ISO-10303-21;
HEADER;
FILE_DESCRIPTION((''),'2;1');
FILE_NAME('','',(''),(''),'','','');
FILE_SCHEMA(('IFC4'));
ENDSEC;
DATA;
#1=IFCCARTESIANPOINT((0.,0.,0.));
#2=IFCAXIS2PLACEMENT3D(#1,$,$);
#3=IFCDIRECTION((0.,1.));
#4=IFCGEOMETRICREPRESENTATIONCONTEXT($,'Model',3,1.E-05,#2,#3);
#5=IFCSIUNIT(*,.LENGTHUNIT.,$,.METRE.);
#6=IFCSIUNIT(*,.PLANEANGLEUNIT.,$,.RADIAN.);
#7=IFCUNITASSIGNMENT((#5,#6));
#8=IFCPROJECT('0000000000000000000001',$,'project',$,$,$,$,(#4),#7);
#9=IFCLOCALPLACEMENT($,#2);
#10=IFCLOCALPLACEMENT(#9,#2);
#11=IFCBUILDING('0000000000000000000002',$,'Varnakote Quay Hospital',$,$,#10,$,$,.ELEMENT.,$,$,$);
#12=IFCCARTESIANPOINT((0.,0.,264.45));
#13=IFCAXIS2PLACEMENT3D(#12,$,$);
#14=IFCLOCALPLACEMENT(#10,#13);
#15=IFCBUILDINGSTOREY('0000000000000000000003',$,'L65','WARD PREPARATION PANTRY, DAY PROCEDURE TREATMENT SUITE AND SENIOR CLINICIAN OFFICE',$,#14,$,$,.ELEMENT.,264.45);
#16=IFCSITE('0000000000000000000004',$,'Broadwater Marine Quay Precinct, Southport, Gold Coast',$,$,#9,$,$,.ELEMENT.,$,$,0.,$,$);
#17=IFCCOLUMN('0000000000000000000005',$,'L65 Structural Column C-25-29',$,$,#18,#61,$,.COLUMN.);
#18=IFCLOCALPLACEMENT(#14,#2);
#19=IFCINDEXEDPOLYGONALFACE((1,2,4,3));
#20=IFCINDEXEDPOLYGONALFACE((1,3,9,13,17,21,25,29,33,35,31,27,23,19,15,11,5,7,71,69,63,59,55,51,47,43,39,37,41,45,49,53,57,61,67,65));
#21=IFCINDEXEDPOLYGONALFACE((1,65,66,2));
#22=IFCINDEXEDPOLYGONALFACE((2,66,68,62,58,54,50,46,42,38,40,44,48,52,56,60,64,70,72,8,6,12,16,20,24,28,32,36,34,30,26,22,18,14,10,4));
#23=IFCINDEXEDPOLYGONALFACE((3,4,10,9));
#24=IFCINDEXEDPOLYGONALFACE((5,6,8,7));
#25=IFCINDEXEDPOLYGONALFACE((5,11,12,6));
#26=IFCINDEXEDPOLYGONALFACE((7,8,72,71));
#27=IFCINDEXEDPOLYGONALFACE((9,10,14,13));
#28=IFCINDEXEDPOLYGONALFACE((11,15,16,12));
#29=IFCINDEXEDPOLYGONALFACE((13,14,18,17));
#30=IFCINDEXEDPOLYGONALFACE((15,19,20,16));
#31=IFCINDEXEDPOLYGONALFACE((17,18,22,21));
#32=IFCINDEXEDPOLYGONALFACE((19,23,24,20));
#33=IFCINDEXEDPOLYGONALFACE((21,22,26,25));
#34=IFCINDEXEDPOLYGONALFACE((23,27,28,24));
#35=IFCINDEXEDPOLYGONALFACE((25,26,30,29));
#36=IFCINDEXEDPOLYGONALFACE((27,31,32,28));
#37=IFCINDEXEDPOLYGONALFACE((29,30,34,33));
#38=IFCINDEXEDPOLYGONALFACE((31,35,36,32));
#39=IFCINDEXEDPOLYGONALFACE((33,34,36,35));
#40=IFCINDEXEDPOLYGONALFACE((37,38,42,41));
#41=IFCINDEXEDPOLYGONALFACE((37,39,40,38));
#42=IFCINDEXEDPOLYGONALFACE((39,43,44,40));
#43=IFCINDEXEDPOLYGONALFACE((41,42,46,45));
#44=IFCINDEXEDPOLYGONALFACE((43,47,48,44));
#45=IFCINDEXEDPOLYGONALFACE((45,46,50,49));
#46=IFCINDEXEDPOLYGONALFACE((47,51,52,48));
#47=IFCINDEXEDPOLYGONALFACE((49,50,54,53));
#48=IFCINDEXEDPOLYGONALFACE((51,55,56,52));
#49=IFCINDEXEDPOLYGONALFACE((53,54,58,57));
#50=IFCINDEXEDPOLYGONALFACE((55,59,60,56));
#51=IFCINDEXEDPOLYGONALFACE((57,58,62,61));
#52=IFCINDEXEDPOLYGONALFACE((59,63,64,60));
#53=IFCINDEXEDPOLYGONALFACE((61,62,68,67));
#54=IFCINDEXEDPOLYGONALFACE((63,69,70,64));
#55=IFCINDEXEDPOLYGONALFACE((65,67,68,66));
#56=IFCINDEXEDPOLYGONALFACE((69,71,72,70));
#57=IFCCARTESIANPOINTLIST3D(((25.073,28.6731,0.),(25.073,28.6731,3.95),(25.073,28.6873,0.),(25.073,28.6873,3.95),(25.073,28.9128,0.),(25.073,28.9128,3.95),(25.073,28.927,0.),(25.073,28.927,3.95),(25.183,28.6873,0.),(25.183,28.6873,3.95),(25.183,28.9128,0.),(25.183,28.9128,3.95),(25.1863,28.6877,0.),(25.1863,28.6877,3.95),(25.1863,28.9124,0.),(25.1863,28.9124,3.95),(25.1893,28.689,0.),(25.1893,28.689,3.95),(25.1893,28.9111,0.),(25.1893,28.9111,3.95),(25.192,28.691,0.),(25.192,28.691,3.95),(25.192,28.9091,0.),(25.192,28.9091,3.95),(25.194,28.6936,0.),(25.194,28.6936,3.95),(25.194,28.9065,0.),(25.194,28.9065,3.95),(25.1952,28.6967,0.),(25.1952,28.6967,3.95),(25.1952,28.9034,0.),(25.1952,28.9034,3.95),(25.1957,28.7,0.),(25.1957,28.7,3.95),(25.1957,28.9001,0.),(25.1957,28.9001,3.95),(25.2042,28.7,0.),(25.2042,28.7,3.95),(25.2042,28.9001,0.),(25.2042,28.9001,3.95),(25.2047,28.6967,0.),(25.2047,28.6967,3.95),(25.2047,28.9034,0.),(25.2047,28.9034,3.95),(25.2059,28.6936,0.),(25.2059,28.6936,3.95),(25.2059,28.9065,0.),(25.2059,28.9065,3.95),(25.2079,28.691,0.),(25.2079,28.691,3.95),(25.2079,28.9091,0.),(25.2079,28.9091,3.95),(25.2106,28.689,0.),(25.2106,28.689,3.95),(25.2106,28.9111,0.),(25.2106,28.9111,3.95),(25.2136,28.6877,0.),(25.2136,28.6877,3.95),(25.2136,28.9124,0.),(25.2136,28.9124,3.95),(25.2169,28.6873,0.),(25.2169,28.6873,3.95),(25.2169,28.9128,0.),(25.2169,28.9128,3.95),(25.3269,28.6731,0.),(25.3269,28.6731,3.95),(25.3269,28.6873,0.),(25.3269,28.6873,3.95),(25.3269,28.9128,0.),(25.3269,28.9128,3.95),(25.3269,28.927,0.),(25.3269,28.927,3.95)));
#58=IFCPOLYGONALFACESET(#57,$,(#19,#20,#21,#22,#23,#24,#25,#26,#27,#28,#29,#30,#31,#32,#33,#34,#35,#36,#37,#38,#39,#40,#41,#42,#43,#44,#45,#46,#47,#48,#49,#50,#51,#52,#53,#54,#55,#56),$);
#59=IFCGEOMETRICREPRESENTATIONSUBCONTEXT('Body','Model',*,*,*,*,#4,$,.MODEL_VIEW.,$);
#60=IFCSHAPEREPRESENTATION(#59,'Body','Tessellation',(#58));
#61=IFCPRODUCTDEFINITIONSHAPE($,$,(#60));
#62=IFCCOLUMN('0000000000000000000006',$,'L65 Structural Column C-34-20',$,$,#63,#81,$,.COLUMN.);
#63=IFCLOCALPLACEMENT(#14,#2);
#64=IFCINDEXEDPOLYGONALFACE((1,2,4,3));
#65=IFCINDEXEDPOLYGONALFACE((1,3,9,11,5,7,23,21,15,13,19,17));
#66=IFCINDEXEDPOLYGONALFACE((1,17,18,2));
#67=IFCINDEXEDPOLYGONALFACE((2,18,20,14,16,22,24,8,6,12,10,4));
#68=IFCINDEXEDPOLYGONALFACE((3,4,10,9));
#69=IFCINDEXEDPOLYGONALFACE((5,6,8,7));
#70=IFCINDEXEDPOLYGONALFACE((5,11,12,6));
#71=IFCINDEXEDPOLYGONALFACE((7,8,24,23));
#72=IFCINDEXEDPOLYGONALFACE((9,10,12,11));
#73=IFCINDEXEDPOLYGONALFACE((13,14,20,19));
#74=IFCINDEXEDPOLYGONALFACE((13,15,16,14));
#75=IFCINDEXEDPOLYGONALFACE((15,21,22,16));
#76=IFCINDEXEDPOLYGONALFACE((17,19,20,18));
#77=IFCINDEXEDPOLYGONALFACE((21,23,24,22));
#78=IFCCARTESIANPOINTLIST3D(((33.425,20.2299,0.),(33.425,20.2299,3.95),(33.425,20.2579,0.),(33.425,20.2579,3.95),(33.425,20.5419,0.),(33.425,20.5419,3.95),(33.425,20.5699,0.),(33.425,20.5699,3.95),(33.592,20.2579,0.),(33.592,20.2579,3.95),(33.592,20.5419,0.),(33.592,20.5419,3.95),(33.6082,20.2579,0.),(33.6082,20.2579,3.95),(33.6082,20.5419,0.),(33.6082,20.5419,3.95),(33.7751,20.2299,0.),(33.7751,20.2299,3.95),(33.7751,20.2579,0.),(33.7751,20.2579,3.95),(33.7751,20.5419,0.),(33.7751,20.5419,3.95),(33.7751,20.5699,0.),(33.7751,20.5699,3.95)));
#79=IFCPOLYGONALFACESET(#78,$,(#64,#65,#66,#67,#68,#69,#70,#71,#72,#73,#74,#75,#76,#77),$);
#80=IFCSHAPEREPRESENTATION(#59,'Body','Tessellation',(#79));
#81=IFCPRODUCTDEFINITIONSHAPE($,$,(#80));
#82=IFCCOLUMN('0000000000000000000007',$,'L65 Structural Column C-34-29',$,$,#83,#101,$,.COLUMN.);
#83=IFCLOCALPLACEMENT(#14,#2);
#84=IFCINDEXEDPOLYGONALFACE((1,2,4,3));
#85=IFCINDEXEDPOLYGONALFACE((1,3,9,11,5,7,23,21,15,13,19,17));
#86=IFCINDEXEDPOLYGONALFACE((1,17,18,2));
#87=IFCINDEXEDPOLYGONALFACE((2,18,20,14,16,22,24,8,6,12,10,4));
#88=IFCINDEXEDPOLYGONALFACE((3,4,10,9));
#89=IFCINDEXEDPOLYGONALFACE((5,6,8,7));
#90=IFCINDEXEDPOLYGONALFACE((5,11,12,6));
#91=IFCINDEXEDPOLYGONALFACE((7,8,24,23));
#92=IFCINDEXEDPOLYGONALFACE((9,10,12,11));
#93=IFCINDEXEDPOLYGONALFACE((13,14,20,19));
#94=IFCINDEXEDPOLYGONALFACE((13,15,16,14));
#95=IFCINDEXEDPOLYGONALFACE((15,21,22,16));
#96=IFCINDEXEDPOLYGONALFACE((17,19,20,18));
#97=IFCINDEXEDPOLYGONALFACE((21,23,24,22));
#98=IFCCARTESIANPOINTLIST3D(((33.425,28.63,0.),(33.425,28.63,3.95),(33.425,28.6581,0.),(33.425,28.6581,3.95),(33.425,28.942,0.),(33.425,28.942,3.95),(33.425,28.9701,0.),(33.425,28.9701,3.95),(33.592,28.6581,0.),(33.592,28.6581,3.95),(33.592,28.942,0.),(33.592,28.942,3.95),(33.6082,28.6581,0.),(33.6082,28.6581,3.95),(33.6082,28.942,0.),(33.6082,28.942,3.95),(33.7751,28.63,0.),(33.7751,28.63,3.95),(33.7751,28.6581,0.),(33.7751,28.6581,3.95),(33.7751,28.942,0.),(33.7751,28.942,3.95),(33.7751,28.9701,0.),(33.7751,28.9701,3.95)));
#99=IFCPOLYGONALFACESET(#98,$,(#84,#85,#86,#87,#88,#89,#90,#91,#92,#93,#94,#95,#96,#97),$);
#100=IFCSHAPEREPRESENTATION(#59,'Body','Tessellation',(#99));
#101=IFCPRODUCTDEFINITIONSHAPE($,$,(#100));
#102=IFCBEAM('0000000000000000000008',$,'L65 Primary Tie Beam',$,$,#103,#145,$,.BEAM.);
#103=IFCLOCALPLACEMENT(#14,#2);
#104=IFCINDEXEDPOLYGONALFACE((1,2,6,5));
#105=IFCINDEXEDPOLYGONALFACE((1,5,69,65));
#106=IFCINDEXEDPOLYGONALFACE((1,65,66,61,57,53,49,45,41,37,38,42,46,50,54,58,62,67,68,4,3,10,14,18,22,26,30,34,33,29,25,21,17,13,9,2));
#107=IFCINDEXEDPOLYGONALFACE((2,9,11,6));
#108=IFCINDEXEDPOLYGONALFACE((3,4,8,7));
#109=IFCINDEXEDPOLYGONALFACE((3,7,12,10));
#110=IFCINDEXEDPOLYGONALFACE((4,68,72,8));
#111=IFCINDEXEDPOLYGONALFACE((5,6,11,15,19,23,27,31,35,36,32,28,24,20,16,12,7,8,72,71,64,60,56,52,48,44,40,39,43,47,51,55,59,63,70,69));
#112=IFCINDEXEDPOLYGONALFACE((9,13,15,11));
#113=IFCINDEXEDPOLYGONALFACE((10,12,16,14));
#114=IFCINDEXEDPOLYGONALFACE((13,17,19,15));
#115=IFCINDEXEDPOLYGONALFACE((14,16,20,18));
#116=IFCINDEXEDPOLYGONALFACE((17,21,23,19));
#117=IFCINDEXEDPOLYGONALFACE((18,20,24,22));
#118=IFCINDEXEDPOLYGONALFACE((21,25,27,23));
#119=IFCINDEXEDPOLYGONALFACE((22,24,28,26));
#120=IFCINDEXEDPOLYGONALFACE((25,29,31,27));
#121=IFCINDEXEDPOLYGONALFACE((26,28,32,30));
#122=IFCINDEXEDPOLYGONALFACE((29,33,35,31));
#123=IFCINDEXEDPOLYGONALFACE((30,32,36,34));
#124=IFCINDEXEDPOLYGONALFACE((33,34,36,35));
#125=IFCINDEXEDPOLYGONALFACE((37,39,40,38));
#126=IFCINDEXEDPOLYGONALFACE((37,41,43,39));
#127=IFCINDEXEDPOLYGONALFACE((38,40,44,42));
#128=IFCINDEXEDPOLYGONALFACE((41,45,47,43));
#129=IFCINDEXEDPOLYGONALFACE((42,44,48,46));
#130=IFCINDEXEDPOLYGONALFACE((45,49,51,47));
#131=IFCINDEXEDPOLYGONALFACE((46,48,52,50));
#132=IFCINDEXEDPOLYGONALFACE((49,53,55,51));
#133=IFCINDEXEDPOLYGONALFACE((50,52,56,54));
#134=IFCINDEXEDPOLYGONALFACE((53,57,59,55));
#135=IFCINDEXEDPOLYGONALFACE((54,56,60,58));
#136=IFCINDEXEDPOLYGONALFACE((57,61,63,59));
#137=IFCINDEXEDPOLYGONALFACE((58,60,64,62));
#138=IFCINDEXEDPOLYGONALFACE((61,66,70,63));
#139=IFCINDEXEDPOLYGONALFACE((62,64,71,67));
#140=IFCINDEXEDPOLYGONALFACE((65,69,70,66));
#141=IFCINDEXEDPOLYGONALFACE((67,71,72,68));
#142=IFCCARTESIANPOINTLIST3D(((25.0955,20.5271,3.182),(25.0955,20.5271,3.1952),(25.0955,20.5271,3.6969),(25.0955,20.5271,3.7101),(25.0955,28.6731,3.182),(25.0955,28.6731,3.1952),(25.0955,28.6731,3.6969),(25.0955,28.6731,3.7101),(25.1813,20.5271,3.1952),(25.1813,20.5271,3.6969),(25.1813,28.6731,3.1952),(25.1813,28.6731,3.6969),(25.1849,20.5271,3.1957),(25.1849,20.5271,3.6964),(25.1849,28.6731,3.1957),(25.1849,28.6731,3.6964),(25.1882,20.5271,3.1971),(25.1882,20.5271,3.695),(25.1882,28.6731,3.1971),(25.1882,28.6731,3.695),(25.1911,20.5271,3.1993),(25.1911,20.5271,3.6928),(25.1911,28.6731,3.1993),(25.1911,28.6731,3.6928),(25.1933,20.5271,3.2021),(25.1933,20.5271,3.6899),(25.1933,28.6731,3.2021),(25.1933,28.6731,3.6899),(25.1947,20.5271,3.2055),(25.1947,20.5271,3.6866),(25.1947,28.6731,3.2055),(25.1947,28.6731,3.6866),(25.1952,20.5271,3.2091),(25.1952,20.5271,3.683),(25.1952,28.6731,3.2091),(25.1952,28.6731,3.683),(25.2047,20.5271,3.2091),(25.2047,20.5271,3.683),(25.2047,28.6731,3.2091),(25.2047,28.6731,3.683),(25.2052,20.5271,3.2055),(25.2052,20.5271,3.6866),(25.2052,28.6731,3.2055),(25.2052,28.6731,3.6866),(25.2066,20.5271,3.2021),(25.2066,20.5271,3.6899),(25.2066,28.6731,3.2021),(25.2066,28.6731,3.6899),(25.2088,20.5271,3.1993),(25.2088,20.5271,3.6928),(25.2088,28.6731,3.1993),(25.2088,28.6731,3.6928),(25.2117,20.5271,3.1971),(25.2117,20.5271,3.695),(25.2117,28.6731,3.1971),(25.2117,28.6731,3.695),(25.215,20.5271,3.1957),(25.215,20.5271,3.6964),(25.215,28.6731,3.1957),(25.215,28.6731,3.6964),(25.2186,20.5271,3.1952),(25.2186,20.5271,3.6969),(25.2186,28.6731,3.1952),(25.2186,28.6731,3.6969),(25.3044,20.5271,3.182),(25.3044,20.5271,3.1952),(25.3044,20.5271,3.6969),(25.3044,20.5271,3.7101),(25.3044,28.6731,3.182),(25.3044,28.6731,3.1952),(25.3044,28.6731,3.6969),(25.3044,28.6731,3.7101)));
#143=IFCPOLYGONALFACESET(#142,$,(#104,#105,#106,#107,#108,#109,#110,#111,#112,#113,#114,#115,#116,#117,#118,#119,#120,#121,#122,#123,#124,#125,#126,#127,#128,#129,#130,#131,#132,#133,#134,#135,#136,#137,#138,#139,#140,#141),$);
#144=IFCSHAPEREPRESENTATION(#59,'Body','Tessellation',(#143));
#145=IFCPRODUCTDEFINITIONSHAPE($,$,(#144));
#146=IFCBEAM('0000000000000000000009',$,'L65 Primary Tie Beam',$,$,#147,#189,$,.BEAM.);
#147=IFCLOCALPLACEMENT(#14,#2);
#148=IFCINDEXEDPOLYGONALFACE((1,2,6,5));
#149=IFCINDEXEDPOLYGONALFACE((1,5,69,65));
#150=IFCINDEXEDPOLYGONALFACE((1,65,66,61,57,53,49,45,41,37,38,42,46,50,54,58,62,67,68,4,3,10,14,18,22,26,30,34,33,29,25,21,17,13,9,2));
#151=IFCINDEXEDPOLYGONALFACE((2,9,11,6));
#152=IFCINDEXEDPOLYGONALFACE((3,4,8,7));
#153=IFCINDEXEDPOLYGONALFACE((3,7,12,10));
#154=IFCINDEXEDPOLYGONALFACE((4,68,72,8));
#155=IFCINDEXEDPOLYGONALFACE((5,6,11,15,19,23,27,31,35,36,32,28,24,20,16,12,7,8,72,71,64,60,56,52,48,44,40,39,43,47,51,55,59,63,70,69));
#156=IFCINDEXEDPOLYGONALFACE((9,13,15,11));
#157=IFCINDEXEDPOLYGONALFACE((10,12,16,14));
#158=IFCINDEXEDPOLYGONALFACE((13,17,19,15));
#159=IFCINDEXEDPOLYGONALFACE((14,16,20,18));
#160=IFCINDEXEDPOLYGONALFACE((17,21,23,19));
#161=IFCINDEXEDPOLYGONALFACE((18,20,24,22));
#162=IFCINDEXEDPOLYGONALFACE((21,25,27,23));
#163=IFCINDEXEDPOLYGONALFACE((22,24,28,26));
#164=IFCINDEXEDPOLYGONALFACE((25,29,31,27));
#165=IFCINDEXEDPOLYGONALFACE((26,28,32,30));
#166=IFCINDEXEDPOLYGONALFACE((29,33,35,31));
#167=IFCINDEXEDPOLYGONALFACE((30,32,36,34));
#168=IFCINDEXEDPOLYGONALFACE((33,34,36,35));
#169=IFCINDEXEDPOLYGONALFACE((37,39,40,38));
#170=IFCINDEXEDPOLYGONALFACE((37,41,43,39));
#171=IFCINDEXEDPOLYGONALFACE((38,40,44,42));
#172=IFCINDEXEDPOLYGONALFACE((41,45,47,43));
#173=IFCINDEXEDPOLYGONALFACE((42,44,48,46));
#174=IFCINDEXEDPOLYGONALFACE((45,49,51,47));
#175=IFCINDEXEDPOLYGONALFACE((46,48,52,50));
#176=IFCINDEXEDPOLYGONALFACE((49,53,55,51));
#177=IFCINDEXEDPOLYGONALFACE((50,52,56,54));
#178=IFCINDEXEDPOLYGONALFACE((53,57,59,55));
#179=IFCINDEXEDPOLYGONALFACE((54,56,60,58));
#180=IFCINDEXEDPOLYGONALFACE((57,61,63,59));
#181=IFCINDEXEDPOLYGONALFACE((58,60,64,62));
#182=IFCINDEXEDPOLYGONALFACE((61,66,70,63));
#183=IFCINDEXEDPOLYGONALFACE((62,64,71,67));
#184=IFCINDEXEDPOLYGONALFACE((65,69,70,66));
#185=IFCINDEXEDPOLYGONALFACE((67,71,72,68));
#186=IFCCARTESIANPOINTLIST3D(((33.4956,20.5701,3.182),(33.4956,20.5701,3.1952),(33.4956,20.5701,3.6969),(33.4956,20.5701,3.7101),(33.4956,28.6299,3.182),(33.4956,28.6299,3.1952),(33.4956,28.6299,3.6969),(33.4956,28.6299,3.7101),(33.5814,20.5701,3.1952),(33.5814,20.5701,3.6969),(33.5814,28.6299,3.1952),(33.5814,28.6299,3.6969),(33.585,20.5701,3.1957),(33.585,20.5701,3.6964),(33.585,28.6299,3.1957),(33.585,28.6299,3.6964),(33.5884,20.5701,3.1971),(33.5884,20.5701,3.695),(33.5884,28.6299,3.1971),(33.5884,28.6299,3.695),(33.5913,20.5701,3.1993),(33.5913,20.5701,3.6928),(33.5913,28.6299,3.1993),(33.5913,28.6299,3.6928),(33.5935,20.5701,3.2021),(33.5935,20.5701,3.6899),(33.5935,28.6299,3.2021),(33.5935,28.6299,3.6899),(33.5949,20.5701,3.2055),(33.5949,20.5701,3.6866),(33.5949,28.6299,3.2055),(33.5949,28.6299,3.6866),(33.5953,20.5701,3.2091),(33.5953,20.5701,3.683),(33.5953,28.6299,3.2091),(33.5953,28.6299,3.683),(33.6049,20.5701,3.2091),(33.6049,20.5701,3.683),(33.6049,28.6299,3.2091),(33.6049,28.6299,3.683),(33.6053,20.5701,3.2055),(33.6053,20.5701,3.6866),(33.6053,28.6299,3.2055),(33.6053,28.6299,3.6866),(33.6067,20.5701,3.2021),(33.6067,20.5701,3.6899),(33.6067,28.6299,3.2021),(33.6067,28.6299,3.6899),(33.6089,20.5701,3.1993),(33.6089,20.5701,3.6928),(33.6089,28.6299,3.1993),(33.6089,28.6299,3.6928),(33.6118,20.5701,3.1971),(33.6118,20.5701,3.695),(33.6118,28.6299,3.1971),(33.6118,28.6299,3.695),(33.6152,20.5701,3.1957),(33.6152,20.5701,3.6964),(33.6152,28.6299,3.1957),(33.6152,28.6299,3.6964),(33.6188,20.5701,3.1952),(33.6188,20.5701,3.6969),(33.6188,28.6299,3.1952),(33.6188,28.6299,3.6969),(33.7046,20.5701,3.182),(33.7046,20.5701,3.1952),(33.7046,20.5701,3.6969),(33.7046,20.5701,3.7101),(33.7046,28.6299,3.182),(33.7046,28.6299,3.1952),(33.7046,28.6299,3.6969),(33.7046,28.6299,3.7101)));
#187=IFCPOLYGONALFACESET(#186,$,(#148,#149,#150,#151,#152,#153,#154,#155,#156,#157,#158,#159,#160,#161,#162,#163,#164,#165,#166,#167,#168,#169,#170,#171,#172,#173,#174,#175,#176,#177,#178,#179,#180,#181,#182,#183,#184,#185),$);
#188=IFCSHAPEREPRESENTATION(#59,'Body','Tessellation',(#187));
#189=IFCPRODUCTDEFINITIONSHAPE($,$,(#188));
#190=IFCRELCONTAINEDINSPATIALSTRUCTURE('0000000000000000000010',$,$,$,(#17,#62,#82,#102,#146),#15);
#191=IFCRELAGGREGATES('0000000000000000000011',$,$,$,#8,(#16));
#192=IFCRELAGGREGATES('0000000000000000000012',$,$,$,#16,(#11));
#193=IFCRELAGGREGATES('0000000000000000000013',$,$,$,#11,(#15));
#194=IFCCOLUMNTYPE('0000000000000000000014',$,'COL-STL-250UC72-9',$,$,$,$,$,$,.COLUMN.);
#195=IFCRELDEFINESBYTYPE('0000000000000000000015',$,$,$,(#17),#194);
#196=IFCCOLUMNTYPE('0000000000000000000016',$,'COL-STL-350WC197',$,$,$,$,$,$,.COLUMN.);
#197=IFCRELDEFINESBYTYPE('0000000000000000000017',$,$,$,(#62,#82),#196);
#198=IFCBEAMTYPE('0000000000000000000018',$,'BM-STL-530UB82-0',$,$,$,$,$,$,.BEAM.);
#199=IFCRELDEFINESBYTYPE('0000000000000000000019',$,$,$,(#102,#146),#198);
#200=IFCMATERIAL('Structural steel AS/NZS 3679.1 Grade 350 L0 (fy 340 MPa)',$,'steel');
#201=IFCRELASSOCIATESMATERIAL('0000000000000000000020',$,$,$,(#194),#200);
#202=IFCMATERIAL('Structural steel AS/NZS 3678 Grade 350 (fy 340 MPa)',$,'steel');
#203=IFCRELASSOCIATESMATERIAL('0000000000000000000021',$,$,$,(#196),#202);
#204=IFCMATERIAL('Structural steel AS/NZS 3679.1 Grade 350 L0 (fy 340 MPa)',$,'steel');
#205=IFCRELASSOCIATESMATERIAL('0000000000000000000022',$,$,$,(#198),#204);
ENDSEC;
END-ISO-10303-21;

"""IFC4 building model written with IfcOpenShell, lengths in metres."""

from ifc_helpers import new_model, si_unit, direction, frame, origin, origin_2d, place, context, subcontext, project, spatial, i_section, extrude, material, material_profile, profile_set, type_object, element, save


model = new_model("IFC4")

# Units and contexts
model_context = context("Model", 3, precision=1e-05, world=origin(), true_north=direction((0.0, 1.0)))
body_context = subcontext(model_context, "Body", "Model", "MODEL_VIEW")
ifc_project = project(units=[si_unit("LENGTHUNIT", "METRE"), si_unit("PLANEANGLEUNIT", "RADIAN")], contexts=[model_context])

# Site, building, storey
site_placement = place(None, origin())
site = spatial("IfcSite", under=ifc_project, at=site_placement, Name="Broadwater Marine Quay Precinct, Southport, Gold Coast", CompositionType="ELEMENT", RefElevation=0.0)
building_placement = place(site_placement, origin())
building = spatial("IfcBuilding", under=site, at=building_placement, Name="Varnakote Quay Hospital", CompositionType="ELEMENT")
storey_placement = place(building_placement, frame((0.0, 0.0, 264.45)))
storey = spatial("IfcBuildingStorey", under=building, at=storey_placement, Name="L65", Description="WARD PREPARATION PANTRY, DAY PROCEDURE TREATMENT SUITE AND SENIOR CLINICIAN OFFICE", CompositionType="ELEMENT", Elevation=264.45)

# Columns
ifc_material_1 = material(Name="Structural steel AS/NZS 3679.1 Grade 350 L0 (fy 340 MPa)", Category="steel")
ifc_material_profile_1 = material_profile(ifc_material_1, i_section(OverallWidth=0.2539, OverallDepth=0.2539, WebThickness=0.0085, FlangeThickness=0.0142, FilletRadius=0.0127, at=origin_2d()), Name="250UC72.9")
ifc_profile_set_1 = profile_set([ifc_material_profile_1], Name="Structural steel AS/NZS 3679.1 Grade 350 L0 (fy 340 MPa)")
column_type_1 = type_object("IfcColumnType", Name="COL-STL-250UC72-9", PredefinedType="COLUMN", material=ifc_profile_set_1)
column_placement = place(storey_placement, frame((25.2, 28.8, 0.0), z_axis=(0.0, 0.0, 1.0), x_axis=(1.0, 0.0, 0.0)))
element("IfcColumn", 1, at=column_placement, inside=storey, type_object=column_type_1, Name="L65 Structural Column C-25-29", PredefinedType="COLUMN", context=body_context, shape_type="SweptSolid", body=[
    extrude(i_section(OverallWidth=0.2539, OverallDepth=0.2539, WebThickness=0.0085, FlangeThickness=0.0142, FilletRadius=0.0127, at=origin_2d()), origin(), (0.0, 0.0, 1.0), 3.95),
])
ifc_material_2 = material(Name="Structural steel AS/NZS 3678 Grade 350 (fy 340 MPa)", Category="steel")
ifc_material_profile_2 = material_profile(ifc_material_2, i_section(OverallWidth=0.3501, OverallDepth=0.3401, WebThickness=0.0161, FlangeThickness=0.0281, at=origin_2d()), Name="350WC197")
ifc_profile_set_2 = profile_set([ifc_material_profile_2], Name="Structural steel AS/NZS 3678 Grade 350 (fy 340 MPa)")
column_type_2 = type_object("IfcColumnType", Name="COL-STL-350WC197", PredefinedType="COLUMN", material=ifc_profile_set_2)
for number, where, z_axis, x_axis, name in (
    (2, (33.6001, 20.3999, 0.0), (0.0, 0.0, 1.0), (1.0, 0.0, 0.0), "L65 Structural Column C-34-20"),
    (3, (33.6001, 28.8, 0.0), (0.0, 0.0, 1.0), (1.0, 0.0, 0.0), "L65 Structural Column C-34-29"),
):
    element("IfcColumn", number, at=place(storey_placement, frame(where, z_axis=z_axis, x_axis=x_axis)), inside=storey, type_object=column_type_2, Name=name, PredefinedType="COLUMN", context=body_context, shape_type="SweptSolid", body=[
        extrude(i_section(OverallWidth=0.3501, OverallDepth=0.3401, WebThickness=0.0161, FlangeThickness=0.0281, at=origin_2d()), origin(), (0.0, 0.0, 1.0), 3.95),
    ])

# Beams
ifc_material_3 = material(Name="Structural steel AS/NZS 3679.1 Grade 350 L0 (fy 340 MPa)", Category="steel")
ifc_material_profile_3 = material_profile(ifc_material_3, i_section(OverallWidth=0.209, OverallDepth=0.5281, WebThickness=0.0095, FlangeThickness=0.0132, FilletRadius=0.0139, at=origin_2d()), Name="530UB82.0")
ifc_profile_set_3 = profile_set([ifc_material_profile_3], Name="Structural steel AS/NZS 3679.1 Grade 350 L0 (fy 340 MPa)")
beam_type_1 = type_object("IfcBeamType", Name="BM-STL-530UB82-0", PredefinedType="BEAM", material=ifc_profile_set_3)
beam_1_placement = place(storey_placement, frame((25.2, 20.5271, 3.446), z_axis=(0.0, 1.0, 0.0), x_axis=(-1.0, 0.0, 0.0)))
element("IfcBeam", 4, at=beam_1_placement, inside=storey, type_object=beam_type_1, Name="L65 Primary Tie Beam", PredefinedType="BEAM", context=body_context, shape_type="SweptSolid", body=[
    extrude(i_section(OverallWidth=0.209, OverallDepth=0.5281, WebThickness=0.0095, FlangeThickness=0.0132, FilletRadius=0.0139, at=origin_2d()), origin(), (0.0, 0.0, 1.0), 8.146),
])
beam_2_placement = place(storey_placement, frame((33.6001, 20.5701, 3.446), z_axis=(0.0, 1.0, 0.0), x_axis=(-1.0, 0.0, 0.0)))
element("IfcBeam", 5, at=beam_2_placement, inside=storey, type_object=beam_type_1, Name="L65 Primary Tie Beam", PredefinedType="BEAM", context=body_context, shape_type="SweptSolid", body=[
    extrude(i_section(OverallWidth=0.209, OverallDepth=0.5281, WebThickness=0.0095, FlangeThickness=0.0132, FilletRadius=0.0139, at=origin_2d()), origin(), (0.0, 0.0, 1.0), 8.0598),
])

save(model, "model.ifc")
